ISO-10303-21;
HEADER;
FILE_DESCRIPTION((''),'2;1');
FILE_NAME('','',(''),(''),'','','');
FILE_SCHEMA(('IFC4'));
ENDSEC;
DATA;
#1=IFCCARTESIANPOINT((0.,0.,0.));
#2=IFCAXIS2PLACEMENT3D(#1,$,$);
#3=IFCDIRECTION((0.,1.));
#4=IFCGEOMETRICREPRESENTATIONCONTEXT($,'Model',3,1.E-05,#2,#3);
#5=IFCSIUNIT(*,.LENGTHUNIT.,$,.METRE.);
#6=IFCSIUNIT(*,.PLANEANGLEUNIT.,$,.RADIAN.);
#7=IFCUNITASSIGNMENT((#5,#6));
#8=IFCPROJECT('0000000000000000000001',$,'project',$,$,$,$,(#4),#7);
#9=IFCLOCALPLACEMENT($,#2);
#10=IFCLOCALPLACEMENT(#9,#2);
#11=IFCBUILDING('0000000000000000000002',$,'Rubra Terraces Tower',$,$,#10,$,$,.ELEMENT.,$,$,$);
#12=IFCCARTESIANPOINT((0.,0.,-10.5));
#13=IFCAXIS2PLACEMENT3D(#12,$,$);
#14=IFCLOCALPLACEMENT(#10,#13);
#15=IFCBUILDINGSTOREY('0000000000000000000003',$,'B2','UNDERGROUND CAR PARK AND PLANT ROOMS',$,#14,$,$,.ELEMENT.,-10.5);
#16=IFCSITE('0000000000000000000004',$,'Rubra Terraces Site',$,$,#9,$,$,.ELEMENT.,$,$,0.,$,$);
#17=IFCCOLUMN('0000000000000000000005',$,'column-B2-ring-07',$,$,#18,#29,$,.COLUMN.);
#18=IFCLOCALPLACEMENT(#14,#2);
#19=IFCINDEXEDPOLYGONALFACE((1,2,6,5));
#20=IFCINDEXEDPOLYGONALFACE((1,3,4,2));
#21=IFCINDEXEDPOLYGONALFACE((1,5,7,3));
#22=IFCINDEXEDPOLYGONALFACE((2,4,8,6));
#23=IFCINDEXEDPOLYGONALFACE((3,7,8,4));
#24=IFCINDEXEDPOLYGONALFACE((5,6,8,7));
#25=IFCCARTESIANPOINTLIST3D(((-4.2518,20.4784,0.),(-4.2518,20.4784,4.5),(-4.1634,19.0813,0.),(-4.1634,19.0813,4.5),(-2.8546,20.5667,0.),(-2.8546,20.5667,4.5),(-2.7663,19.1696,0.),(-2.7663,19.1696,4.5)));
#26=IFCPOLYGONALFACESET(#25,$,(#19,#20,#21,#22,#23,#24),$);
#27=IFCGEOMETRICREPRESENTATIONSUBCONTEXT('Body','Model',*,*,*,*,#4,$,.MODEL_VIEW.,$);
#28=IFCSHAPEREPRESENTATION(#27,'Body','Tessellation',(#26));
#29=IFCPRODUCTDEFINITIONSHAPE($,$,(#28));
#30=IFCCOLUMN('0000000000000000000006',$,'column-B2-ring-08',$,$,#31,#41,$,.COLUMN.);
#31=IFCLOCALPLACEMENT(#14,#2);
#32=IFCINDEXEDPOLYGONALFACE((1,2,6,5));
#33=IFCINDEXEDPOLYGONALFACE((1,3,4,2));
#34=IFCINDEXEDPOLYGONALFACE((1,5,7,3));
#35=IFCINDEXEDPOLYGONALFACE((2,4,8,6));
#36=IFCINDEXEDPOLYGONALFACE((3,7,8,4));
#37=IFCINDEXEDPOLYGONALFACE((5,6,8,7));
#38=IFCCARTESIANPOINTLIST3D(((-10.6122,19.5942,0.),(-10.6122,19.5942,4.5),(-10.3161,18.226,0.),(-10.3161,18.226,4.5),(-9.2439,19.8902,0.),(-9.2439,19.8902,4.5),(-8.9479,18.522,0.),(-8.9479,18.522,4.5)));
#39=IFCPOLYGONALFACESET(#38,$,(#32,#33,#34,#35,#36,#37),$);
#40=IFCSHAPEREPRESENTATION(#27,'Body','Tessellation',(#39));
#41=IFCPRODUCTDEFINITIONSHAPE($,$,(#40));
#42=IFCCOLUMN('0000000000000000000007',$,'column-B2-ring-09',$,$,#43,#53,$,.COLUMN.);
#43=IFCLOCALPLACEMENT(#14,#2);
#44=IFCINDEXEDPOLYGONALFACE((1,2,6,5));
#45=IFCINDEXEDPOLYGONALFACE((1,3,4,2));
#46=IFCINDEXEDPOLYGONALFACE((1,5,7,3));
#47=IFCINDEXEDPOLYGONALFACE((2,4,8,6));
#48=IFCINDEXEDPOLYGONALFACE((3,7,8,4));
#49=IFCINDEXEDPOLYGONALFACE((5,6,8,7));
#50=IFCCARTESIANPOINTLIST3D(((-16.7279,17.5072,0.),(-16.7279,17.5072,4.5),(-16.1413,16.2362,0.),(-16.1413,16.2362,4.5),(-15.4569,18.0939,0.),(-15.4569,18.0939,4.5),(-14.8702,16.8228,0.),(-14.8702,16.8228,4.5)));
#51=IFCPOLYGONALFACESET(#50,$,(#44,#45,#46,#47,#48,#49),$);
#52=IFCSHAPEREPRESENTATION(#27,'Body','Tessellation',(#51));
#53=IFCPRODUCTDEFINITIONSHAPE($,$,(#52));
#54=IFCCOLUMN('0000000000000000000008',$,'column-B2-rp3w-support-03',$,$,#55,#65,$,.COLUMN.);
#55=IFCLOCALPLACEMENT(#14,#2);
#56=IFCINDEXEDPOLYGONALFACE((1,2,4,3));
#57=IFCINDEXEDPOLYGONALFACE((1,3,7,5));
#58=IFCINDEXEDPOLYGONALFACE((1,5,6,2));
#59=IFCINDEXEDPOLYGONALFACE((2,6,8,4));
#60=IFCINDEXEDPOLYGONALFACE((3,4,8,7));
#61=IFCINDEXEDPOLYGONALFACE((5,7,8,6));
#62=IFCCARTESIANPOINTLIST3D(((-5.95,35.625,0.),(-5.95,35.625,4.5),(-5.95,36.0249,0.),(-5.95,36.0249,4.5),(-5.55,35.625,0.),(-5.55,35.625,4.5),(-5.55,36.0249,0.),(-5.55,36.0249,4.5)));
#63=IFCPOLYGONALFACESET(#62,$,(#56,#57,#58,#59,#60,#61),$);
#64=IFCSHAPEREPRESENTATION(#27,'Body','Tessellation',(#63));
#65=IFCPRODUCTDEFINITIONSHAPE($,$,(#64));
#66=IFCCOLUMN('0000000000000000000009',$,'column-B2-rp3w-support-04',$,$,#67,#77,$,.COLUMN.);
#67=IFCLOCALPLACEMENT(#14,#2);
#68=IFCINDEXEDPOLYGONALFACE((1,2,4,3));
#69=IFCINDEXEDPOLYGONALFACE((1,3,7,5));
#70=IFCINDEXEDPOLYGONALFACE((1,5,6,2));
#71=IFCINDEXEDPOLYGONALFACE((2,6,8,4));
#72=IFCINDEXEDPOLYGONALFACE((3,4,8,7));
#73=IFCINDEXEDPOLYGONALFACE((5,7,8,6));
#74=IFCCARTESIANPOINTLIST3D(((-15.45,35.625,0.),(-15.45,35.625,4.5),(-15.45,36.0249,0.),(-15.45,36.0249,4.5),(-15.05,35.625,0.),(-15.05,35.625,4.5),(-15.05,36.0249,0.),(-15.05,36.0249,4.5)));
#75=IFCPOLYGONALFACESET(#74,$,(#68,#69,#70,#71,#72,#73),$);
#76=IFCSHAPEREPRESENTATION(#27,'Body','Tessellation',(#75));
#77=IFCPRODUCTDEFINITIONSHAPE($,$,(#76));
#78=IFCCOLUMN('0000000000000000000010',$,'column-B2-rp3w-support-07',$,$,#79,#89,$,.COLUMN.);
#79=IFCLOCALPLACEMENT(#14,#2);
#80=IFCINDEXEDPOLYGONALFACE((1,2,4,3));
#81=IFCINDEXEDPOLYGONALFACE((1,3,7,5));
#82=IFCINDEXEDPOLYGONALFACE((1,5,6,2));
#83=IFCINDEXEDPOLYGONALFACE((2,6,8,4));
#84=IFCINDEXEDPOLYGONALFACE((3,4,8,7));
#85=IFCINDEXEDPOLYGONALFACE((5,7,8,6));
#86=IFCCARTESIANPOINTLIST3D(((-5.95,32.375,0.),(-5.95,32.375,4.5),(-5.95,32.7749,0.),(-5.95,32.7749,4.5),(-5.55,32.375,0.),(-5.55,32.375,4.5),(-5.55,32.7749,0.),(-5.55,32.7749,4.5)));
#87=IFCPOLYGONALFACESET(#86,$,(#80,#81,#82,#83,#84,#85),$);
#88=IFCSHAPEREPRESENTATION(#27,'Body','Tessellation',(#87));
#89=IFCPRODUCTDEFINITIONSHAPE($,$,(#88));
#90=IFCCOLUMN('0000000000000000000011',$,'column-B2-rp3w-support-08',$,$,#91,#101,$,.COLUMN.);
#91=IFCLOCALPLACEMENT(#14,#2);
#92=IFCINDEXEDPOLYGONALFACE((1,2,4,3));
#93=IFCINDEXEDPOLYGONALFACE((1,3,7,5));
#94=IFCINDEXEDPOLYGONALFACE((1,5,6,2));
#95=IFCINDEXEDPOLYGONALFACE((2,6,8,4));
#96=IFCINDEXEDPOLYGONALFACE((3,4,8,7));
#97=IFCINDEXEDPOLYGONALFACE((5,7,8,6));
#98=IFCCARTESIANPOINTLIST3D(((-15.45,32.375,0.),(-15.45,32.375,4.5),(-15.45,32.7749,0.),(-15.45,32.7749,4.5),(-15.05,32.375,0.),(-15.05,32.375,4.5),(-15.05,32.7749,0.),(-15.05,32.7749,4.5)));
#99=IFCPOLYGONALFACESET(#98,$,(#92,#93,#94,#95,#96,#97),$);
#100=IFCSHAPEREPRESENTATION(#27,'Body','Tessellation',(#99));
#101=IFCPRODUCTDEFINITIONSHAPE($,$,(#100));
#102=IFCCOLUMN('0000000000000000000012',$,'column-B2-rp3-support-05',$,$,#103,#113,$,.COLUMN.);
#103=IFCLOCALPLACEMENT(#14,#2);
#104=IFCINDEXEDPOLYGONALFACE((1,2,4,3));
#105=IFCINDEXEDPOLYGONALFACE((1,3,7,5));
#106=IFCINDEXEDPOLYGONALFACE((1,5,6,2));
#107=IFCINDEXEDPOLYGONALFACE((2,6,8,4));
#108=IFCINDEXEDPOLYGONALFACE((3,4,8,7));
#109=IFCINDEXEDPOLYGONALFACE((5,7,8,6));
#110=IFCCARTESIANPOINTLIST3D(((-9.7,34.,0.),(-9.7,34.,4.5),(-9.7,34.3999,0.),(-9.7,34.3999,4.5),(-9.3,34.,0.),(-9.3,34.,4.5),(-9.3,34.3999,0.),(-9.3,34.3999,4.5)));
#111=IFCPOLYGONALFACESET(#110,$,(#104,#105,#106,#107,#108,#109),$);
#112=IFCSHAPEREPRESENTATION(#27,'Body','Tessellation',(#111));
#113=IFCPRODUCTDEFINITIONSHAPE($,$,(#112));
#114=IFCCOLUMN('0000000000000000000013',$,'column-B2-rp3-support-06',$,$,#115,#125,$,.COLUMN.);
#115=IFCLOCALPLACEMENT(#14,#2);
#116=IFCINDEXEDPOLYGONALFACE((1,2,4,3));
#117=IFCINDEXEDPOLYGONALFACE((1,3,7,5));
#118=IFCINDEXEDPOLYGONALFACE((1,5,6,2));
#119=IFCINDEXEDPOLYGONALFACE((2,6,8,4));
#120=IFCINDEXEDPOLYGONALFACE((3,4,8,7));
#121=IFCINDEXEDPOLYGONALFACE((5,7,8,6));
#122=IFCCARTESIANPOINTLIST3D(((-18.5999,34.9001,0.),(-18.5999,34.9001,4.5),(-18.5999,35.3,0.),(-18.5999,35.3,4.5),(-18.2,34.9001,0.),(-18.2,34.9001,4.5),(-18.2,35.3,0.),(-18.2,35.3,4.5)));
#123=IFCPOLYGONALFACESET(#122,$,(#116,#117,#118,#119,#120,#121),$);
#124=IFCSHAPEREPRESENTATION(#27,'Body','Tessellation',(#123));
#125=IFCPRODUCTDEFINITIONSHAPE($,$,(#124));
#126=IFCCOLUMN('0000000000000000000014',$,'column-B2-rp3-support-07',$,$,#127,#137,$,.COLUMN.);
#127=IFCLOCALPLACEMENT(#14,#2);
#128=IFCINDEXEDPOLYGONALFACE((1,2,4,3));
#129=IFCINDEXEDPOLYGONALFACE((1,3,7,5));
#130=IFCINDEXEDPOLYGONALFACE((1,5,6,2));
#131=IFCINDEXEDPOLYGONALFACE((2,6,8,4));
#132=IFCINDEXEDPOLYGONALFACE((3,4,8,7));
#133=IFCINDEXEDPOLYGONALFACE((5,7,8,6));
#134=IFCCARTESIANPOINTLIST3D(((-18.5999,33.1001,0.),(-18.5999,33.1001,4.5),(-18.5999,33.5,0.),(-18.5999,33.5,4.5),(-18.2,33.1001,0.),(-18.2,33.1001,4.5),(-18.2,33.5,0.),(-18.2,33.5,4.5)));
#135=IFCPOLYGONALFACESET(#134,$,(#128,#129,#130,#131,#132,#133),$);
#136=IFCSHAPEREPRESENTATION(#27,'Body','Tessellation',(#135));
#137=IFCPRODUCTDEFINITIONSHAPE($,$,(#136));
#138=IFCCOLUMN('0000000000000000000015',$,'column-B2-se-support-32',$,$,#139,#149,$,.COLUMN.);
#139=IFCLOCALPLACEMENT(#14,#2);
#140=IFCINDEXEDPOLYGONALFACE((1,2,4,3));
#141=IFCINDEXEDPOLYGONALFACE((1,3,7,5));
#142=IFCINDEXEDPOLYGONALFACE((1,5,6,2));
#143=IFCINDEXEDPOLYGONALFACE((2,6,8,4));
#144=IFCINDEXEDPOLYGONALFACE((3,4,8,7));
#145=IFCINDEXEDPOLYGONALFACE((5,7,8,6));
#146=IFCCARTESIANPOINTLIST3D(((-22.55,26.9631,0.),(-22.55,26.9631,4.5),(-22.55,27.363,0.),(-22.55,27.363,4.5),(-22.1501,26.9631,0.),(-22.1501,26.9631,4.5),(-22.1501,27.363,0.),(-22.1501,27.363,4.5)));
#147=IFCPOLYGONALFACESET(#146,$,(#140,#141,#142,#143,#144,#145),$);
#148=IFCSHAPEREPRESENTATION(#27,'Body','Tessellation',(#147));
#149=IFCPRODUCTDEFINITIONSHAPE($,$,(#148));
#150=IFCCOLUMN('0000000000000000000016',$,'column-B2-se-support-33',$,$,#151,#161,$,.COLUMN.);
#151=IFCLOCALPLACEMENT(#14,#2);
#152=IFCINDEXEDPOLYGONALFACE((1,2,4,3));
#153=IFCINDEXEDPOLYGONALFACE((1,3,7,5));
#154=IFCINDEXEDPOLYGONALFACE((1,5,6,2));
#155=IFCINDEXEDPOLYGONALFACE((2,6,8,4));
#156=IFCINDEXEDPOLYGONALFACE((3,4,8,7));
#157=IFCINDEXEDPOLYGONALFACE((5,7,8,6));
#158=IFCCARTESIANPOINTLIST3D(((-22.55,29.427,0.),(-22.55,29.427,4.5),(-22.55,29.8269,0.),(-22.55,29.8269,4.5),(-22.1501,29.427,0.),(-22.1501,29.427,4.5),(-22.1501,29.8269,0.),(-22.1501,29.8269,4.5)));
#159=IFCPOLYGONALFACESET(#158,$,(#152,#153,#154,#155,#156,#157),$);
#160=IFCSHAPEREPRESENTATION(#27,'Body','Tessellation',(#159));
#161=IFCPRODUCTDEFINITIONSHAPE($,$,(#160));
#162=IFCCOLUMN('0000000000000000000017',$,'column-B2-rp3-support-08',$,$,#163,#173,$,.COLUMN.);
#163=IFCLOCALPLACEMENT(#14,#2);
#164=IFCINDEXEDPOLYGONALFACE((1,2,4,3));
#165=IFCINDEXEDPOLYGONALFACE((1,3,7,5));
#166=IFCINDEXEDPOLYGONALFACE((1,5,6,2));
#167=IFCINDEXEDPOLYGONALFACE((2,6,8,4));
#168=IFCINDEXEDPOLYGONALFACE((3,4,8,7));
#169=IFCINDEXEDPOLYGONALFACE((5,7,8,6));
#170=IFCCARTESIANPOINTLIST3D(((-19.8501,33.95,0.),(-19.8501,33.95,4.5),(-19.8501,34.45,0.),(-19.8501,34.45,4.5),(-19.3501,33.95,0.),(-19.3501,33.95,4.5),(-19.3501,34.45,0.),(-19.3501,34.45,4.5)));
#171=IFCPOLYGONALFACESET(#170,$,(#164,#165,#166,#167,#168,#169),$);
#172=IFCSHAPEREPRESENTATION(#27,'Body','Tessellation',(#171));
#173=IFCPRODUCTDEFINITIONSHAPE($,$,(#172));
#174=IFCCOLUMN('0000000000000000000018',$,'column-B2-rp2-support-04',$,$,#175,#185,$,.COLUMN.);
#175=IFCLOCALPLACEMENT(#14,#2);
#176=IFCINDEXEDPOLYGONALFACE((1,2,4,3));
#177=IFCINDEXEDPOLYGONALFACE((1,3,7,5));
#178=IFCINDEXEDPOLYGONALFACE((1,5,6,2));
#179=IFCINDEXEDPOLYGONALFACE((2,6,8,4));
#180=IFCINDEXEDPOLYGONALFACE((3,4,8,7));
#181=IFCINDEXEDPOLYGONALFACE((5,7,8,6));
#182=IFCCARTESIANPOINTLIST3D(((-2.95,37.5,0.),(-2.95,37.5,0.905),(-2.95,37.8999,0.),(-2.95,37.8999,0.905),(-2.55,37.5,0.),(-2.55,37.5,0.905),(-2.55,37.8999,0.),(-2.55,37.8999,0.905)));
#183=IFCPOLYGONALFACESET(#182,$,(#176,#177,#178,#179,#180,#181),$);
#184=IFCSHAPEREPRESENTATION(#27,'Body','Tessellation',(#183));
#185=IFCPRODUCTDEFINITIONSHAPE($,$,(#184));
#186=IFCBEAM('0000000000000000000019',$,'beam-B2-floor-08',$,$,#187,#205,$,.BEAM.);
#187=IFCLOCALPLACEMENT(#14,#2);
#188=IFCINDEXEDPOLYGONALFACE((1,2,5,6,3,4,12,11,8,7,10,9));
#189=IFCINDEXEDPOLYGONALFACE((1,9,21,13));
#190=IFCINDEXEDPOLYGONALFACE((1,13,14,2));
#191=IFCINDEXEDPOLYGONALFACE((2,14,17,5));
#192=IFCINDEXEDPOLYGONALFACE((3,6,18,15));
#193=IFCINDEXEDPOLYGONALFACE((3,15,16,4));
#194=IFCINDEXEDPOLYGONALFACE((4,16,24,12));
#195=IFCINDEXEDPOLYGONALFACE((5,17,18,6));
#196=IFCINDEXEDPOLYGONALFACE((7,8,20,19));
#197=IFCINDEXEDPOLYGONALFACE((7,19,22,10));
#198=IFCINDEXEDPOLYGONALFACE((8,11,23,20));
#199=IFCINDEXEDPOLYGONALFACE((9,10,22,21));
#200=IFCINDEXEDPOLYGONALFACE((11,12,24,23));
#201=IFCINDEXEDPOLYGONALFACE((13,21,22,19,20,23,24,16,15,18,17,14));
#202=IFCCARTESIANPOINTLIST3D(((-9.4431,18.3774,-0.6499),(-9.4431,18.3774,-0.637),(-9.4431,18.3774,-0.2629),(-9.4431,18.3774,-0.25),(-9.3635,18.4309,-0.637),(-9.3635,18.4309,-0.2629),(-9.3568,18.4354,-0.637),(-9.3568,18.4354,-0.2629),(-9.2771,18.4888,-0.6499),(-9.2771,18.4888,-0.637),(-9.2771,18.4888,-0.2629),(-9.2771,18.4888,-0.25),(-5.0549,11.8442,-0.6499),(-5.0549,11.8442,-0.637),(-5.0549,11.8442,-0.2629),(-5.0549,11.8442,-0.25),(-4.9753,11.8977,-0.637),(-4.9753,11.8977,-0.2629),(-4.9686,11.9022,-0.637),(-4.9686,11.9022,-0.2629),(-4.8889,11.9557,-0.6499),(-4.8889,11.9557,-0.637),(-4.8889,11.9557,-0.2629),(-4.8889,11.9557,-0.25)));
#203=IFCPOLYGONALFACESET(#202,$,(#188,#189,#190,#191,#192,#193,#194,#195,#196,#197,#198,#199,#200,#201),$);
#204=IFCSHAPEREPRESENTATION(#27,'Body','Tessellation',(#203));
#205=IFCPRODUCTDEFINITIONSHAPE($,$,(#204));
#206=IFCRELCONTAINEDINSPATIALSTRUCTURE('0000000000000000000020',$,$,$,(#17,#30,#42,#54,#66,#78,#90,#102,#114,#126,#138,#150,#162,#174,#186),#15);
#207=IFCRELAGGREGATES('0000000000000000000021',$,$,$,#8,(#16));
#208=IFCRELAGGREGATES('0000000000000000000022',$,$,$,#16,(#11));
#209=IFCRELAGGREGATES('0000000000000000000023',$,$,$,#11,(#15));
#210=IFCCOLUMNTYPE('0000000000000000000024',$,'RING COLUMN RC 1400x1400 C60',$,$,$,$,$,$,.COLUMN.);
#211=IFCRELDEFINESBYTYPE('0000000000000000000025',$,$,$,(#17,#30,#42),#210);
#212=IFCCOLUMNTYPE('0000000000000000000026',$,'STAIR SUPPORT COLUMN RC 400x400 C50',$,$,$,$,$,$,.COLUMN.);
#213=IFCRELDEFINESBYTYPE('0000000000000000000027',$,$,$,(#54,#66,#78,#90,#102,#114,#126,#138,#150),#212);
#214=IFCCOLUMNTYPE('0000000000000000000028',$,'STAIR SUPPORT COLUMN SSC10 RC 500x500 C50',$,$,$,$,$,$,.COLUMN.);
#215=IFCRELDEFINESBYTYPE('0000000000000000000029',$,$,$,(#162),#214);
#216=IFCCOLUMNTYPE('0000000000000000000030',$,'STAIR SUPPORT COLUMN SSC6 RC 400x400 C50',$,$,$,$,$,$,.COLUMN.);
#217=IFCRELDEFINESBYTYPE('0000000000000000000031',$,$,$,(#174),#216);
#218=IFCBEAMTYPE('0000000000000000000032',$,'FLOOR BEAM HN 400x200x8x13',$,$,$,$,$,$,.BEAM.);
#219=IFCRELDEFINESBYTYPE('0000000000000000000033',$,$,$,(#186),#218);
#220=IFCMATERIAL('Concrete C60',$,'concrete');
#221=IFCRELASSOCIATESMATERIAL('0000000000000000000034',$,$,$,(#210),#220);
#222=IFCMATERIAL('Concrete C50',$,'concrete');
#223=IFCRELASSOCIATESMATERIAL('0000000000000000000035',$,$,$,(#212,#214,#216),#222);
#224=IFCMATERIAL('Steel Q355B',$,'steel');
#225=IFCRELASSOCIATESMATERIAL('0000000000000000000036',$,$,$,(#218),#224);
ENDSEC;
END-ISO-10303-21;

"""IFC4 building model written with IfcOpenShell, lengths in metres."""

from ifc_helpers import new_model, si_unit, direction, frame, origin, origin_2d, place, context, subcontext, project, spatial, rectangle, i_section, extrude, material, material_profile, profile_set, type_object, element, save


model = new_model("IFC4")

# Units and contexts
model_context = context("Model", 3, precision=1e-05, world=origin(), true_north=direction((0.0, 1.0)))
body_context = subcontext(model_context, "Body", "Model", "MODEL_VIEW")
ifc_project = project(units=[si_unit("LENGTHUNIT", "METRE"), si_unit("PLANEANGLEUNIT", "RADIAN")], contexts=[model_context])

# Site, building, storey
site_placement = place(None, origin())
site = spatial("IfcSite", under=ifc_project, at=site_placement, Name="Rubra Terraces Site", CompositionType="ELEMENT", RefElevation=0.0)
building_placement = place(site_placement, origin())
building = spatial("IfcBuilding", under=site, at=building_placement, Name="Rubra Terraces Tower", CompositionType="ELEMENT")
storey_placement = place(building_placement, frame((0.0, 0.0, -10.5)))
storey = spatial("IfcBuildingStorey", under=building, at=storey_placement, Name="B2", Description="UNDERGROUND CAR PARK AND PLANT ROOMS", CompositionType="ELEMENT", Elevation=-10.5)

# Columns
ifc_material_1 = material(Name="Concrete C60", Category="concrete")
ifc_material_profile_1 = material_profile(ifc_material_1, rectangle(XDim=1.3999, YDim=1.3999, at=origin_2d()), Name="RC 1400x1400")
ifc_profile_set_1 = profile_set([ifc_material_profile_1], Name="Concrete C60")
column_type_1 = type_object("IfcColumnType", Name="RING COLUMN RC 1400x1400 C60", PredefinedType="COLUMN", material=ifc_profile_set_1)
for number, where, z_axis, x_axis, name in (
    (1, (-3.509, 19.824, 0.0), (0.0, 0.0, 1.0), (-0.998008, -0.063094, 0.0), "column-B2-ring-07"),
    (2, (-9.78, 19.0581, 0.0), (0.0, 0.0, 1.0), (-0.977386, -0.211462, 0.0), "column-B2-ring-08"),
    (3, (-15.7991, 17.165, 0.0), (0.0, 0.0, 1.0), (-0.907952, -0.419073, 0.0), "column-B2-ring-09"),
):
    element("IfcColumn", number, at=place(storey_placement, frame(where, z_axis=z_axis, x_axis=x_axis)), inside=storey, type_object=column_type_1, Name=name, PredefinedType="COLUMN", context=body_context, shape_type="SweptSolid", body=[
        extrude(rectangle(XDim=1.3999, YDim=1.3999, at=origin_2d()), origin(), (0.0, 0.0, 1.0), 4.5),
    ])
ifc_material_2 = material(Name="Concrete C50", Category="concrete")
ifc_material_profile_2 = material_profile(ifc_material_2, rectangle(XDim=0.3999, YDim=0.3999, at=origin_2d()), Name="RC 400x400")
ifc_profile_set_2 = profile_set([ifc_material_profile_2], Name="Concrete C50")
column_type_2 = type_object("IfcColumnType", Name="STAIR SUPPORT COLUMN RC 400x400 C50", PredefinedType="COLUMN", material=ifc_profile_set_2)
for number, where, z_axis, x_axis, name in (
    (4, (-5.75, 35.825, 0.0), (0.0, 0.0, 1.0), (1.0, 0.0, 0.0), "column-B2-rp3w-support-03"),
    (5, (-15.25, 35.825, 0.0), (0.0, 0.0, 1.0), (1.0, 0.0, 0.0), "column-B2-rp3w-support-04"),
    (6, (-5.75, 32.575, 0.0), (0.0, 0.0, 1.0), (1.0, 0.0, 0.0), "column-B2-rp3w-support-07"),
    (7, (-15.25, 32.575, 0.0), (0.0, 0.0, 1.0), (1.0, 0.0, 0.0), "column-B2-rp3w-support-08"),
    (8, (-9.5, 34.2, 0.0), (0.0, 0.0, 1.0), (1.0, 0.0, 0.0), "column-B2-rp3-support-05"),
    (9, (-18.3999, 35.1001, 0.0), (0.0, 0.0, 1.0), (1.0, 0.0, 0.0), "column-B2-rp3-support-06"),
    (10, (-18.3999, 33.3, 0.0), (0.0, 0.0, 1.0), (1.0, 0.0, 0.0), "column-B2-rp3-support-07"),
    (11, (-22.3501, 27.1631, 0.0), (0.0, 0.0, 1.0), (1.0, 0.0, 0.0), "column-B2-se-support-32"),
    (12, (-22.3501, 29.627, 0.0), (0.0, 0.0, 1.0), (1.0, 0.0, 0.0), "column-B2-se-support-33"),
):
    element("IfcColumn", number, at=place(storey_placement, frame(where, z_axis=z_axis, x_axis=x_axis)), inside=storey, type_object=column_type_2, Name=name, PredefinedType="COLUMN", context=body_context, shape_type="SweptSolid", body=[
        extrude(rectangle(XDim=0.3999, YDim=0.3999, at=origin_2d()), origin(), (0.0, 0.0, 1.0), 4.5),
    ])
ifc_material_profile_3 = material_profile(ifc_material_2, rectangle(XDim=0.5, YDim=0.5, at=origin_2d()), Name="RC 500x500")
ifc_profile_set_3 = profile_set([ifc_material_profile_3], Name="Concrete C50")
column_type_3 = type_object("IfcColumnType", Name="STAIR SUPPORT COLUMN SSC10 RC 500x500 C50", PredefinedType="COLUMN", material=ifc_profile_set_3)
column_1_placement = place(storey_placement, frame((-19.6001, 34.2, 0.0), z_axis=(0.0, 0.0, 1.0), x_axis=(1.0, 0.0, 0.0)))
element("IfcColumn", 13, at=column_1_placement, inside=storey, type_object=column_type_3, Name="column-B2-rp3-support-08", PredefinedType="COLUMN", context=body_context, shape_type="SweptSolid", body=[
    extrude(rectangle(XDim=0.5, YDim=0.5, at=origin_2d()), origin(), (0.0, 0.0, 1.0), 4.5),
])
ifc_material_profile_4 = material_profile(ifc_material_2, rectangle(XDim=0.3999, YDim=0.3999, at=origin_2d()), Name="RC 400x400")
ifc_profile_set_4 = profile_set([ifc_material_profile_4], Name="Concrete C50")
column_type_4 = type_object("IfcColumnType", Name="STAIR SUPPORT COLUMN SSC6 RC 400x400 C50", PredefinedType="COLUMN", material=ifc_profile_set_4)
column_2_placement = place(storey_placement, frame((-2.75, 37.7, 0.0), z_axis=(0.0, 0.0, 1.0), x_axis=(1.0, 0.0, 0.0)))
element("IfcColumn", 14, at=column_2_placement, inside=storey, type_object=column_type_4, Name="column-B2-rp2-support-04", PredefinedType="COLUMN", context=body_context, shape_type="SweptSolid", body=[
    extrude(rectangle(XDim=0.3999, YDim=0.3999, at=origin_2d()), origin(), (0.0, 0.0, 1.0), 0.905),
])

# Beam
ifc_material_3 = material(Name="Steel Q355B", Category="steel")
ifc_material_profile_5 = material_profile(ifc_material_3, i_section(OverallWidth=0.2, OverallDepth=0.3999, WebThickness=0.0081, FlangeThickness=0.0129, at=origin_2d()), Name="HN 400x200x8x13")
ifc_profile_set_5 = profile_set([ifc_material_profile_5], Name="Steel Q355B")
beam_type_1 = type_object("IfcBeamType", Name="FLOOR BEAM HN 400x200x8x13", PredefinedType="BEAM", material=ifc_profile_set_5)
beam_1_placement = place(storey_placement, frame((-9.3601, 18.4331, -0.45), z_axis=(0.557575, -0.830127, 0.0), x_axis=(0.830127, 0.557575, 0.0)))
element("IfcBeam", 15, at=beam_1_placement, inside=storey, type_object=beam_type_1, Name="beam-B2-floor-08", PredefinedType="BEAM", context=body_context, shape_type="SweptSolid", body=[
    extrude(i_section(OverallWidth=0.2, OverallDepth=0.3999, WebThickness=0.0081, FlangeThickness=0.0129, at=origin_2d()), origin(), (0.0, 0.0, 1.0), 7.8701),
])

save(model, "model.ifc")
